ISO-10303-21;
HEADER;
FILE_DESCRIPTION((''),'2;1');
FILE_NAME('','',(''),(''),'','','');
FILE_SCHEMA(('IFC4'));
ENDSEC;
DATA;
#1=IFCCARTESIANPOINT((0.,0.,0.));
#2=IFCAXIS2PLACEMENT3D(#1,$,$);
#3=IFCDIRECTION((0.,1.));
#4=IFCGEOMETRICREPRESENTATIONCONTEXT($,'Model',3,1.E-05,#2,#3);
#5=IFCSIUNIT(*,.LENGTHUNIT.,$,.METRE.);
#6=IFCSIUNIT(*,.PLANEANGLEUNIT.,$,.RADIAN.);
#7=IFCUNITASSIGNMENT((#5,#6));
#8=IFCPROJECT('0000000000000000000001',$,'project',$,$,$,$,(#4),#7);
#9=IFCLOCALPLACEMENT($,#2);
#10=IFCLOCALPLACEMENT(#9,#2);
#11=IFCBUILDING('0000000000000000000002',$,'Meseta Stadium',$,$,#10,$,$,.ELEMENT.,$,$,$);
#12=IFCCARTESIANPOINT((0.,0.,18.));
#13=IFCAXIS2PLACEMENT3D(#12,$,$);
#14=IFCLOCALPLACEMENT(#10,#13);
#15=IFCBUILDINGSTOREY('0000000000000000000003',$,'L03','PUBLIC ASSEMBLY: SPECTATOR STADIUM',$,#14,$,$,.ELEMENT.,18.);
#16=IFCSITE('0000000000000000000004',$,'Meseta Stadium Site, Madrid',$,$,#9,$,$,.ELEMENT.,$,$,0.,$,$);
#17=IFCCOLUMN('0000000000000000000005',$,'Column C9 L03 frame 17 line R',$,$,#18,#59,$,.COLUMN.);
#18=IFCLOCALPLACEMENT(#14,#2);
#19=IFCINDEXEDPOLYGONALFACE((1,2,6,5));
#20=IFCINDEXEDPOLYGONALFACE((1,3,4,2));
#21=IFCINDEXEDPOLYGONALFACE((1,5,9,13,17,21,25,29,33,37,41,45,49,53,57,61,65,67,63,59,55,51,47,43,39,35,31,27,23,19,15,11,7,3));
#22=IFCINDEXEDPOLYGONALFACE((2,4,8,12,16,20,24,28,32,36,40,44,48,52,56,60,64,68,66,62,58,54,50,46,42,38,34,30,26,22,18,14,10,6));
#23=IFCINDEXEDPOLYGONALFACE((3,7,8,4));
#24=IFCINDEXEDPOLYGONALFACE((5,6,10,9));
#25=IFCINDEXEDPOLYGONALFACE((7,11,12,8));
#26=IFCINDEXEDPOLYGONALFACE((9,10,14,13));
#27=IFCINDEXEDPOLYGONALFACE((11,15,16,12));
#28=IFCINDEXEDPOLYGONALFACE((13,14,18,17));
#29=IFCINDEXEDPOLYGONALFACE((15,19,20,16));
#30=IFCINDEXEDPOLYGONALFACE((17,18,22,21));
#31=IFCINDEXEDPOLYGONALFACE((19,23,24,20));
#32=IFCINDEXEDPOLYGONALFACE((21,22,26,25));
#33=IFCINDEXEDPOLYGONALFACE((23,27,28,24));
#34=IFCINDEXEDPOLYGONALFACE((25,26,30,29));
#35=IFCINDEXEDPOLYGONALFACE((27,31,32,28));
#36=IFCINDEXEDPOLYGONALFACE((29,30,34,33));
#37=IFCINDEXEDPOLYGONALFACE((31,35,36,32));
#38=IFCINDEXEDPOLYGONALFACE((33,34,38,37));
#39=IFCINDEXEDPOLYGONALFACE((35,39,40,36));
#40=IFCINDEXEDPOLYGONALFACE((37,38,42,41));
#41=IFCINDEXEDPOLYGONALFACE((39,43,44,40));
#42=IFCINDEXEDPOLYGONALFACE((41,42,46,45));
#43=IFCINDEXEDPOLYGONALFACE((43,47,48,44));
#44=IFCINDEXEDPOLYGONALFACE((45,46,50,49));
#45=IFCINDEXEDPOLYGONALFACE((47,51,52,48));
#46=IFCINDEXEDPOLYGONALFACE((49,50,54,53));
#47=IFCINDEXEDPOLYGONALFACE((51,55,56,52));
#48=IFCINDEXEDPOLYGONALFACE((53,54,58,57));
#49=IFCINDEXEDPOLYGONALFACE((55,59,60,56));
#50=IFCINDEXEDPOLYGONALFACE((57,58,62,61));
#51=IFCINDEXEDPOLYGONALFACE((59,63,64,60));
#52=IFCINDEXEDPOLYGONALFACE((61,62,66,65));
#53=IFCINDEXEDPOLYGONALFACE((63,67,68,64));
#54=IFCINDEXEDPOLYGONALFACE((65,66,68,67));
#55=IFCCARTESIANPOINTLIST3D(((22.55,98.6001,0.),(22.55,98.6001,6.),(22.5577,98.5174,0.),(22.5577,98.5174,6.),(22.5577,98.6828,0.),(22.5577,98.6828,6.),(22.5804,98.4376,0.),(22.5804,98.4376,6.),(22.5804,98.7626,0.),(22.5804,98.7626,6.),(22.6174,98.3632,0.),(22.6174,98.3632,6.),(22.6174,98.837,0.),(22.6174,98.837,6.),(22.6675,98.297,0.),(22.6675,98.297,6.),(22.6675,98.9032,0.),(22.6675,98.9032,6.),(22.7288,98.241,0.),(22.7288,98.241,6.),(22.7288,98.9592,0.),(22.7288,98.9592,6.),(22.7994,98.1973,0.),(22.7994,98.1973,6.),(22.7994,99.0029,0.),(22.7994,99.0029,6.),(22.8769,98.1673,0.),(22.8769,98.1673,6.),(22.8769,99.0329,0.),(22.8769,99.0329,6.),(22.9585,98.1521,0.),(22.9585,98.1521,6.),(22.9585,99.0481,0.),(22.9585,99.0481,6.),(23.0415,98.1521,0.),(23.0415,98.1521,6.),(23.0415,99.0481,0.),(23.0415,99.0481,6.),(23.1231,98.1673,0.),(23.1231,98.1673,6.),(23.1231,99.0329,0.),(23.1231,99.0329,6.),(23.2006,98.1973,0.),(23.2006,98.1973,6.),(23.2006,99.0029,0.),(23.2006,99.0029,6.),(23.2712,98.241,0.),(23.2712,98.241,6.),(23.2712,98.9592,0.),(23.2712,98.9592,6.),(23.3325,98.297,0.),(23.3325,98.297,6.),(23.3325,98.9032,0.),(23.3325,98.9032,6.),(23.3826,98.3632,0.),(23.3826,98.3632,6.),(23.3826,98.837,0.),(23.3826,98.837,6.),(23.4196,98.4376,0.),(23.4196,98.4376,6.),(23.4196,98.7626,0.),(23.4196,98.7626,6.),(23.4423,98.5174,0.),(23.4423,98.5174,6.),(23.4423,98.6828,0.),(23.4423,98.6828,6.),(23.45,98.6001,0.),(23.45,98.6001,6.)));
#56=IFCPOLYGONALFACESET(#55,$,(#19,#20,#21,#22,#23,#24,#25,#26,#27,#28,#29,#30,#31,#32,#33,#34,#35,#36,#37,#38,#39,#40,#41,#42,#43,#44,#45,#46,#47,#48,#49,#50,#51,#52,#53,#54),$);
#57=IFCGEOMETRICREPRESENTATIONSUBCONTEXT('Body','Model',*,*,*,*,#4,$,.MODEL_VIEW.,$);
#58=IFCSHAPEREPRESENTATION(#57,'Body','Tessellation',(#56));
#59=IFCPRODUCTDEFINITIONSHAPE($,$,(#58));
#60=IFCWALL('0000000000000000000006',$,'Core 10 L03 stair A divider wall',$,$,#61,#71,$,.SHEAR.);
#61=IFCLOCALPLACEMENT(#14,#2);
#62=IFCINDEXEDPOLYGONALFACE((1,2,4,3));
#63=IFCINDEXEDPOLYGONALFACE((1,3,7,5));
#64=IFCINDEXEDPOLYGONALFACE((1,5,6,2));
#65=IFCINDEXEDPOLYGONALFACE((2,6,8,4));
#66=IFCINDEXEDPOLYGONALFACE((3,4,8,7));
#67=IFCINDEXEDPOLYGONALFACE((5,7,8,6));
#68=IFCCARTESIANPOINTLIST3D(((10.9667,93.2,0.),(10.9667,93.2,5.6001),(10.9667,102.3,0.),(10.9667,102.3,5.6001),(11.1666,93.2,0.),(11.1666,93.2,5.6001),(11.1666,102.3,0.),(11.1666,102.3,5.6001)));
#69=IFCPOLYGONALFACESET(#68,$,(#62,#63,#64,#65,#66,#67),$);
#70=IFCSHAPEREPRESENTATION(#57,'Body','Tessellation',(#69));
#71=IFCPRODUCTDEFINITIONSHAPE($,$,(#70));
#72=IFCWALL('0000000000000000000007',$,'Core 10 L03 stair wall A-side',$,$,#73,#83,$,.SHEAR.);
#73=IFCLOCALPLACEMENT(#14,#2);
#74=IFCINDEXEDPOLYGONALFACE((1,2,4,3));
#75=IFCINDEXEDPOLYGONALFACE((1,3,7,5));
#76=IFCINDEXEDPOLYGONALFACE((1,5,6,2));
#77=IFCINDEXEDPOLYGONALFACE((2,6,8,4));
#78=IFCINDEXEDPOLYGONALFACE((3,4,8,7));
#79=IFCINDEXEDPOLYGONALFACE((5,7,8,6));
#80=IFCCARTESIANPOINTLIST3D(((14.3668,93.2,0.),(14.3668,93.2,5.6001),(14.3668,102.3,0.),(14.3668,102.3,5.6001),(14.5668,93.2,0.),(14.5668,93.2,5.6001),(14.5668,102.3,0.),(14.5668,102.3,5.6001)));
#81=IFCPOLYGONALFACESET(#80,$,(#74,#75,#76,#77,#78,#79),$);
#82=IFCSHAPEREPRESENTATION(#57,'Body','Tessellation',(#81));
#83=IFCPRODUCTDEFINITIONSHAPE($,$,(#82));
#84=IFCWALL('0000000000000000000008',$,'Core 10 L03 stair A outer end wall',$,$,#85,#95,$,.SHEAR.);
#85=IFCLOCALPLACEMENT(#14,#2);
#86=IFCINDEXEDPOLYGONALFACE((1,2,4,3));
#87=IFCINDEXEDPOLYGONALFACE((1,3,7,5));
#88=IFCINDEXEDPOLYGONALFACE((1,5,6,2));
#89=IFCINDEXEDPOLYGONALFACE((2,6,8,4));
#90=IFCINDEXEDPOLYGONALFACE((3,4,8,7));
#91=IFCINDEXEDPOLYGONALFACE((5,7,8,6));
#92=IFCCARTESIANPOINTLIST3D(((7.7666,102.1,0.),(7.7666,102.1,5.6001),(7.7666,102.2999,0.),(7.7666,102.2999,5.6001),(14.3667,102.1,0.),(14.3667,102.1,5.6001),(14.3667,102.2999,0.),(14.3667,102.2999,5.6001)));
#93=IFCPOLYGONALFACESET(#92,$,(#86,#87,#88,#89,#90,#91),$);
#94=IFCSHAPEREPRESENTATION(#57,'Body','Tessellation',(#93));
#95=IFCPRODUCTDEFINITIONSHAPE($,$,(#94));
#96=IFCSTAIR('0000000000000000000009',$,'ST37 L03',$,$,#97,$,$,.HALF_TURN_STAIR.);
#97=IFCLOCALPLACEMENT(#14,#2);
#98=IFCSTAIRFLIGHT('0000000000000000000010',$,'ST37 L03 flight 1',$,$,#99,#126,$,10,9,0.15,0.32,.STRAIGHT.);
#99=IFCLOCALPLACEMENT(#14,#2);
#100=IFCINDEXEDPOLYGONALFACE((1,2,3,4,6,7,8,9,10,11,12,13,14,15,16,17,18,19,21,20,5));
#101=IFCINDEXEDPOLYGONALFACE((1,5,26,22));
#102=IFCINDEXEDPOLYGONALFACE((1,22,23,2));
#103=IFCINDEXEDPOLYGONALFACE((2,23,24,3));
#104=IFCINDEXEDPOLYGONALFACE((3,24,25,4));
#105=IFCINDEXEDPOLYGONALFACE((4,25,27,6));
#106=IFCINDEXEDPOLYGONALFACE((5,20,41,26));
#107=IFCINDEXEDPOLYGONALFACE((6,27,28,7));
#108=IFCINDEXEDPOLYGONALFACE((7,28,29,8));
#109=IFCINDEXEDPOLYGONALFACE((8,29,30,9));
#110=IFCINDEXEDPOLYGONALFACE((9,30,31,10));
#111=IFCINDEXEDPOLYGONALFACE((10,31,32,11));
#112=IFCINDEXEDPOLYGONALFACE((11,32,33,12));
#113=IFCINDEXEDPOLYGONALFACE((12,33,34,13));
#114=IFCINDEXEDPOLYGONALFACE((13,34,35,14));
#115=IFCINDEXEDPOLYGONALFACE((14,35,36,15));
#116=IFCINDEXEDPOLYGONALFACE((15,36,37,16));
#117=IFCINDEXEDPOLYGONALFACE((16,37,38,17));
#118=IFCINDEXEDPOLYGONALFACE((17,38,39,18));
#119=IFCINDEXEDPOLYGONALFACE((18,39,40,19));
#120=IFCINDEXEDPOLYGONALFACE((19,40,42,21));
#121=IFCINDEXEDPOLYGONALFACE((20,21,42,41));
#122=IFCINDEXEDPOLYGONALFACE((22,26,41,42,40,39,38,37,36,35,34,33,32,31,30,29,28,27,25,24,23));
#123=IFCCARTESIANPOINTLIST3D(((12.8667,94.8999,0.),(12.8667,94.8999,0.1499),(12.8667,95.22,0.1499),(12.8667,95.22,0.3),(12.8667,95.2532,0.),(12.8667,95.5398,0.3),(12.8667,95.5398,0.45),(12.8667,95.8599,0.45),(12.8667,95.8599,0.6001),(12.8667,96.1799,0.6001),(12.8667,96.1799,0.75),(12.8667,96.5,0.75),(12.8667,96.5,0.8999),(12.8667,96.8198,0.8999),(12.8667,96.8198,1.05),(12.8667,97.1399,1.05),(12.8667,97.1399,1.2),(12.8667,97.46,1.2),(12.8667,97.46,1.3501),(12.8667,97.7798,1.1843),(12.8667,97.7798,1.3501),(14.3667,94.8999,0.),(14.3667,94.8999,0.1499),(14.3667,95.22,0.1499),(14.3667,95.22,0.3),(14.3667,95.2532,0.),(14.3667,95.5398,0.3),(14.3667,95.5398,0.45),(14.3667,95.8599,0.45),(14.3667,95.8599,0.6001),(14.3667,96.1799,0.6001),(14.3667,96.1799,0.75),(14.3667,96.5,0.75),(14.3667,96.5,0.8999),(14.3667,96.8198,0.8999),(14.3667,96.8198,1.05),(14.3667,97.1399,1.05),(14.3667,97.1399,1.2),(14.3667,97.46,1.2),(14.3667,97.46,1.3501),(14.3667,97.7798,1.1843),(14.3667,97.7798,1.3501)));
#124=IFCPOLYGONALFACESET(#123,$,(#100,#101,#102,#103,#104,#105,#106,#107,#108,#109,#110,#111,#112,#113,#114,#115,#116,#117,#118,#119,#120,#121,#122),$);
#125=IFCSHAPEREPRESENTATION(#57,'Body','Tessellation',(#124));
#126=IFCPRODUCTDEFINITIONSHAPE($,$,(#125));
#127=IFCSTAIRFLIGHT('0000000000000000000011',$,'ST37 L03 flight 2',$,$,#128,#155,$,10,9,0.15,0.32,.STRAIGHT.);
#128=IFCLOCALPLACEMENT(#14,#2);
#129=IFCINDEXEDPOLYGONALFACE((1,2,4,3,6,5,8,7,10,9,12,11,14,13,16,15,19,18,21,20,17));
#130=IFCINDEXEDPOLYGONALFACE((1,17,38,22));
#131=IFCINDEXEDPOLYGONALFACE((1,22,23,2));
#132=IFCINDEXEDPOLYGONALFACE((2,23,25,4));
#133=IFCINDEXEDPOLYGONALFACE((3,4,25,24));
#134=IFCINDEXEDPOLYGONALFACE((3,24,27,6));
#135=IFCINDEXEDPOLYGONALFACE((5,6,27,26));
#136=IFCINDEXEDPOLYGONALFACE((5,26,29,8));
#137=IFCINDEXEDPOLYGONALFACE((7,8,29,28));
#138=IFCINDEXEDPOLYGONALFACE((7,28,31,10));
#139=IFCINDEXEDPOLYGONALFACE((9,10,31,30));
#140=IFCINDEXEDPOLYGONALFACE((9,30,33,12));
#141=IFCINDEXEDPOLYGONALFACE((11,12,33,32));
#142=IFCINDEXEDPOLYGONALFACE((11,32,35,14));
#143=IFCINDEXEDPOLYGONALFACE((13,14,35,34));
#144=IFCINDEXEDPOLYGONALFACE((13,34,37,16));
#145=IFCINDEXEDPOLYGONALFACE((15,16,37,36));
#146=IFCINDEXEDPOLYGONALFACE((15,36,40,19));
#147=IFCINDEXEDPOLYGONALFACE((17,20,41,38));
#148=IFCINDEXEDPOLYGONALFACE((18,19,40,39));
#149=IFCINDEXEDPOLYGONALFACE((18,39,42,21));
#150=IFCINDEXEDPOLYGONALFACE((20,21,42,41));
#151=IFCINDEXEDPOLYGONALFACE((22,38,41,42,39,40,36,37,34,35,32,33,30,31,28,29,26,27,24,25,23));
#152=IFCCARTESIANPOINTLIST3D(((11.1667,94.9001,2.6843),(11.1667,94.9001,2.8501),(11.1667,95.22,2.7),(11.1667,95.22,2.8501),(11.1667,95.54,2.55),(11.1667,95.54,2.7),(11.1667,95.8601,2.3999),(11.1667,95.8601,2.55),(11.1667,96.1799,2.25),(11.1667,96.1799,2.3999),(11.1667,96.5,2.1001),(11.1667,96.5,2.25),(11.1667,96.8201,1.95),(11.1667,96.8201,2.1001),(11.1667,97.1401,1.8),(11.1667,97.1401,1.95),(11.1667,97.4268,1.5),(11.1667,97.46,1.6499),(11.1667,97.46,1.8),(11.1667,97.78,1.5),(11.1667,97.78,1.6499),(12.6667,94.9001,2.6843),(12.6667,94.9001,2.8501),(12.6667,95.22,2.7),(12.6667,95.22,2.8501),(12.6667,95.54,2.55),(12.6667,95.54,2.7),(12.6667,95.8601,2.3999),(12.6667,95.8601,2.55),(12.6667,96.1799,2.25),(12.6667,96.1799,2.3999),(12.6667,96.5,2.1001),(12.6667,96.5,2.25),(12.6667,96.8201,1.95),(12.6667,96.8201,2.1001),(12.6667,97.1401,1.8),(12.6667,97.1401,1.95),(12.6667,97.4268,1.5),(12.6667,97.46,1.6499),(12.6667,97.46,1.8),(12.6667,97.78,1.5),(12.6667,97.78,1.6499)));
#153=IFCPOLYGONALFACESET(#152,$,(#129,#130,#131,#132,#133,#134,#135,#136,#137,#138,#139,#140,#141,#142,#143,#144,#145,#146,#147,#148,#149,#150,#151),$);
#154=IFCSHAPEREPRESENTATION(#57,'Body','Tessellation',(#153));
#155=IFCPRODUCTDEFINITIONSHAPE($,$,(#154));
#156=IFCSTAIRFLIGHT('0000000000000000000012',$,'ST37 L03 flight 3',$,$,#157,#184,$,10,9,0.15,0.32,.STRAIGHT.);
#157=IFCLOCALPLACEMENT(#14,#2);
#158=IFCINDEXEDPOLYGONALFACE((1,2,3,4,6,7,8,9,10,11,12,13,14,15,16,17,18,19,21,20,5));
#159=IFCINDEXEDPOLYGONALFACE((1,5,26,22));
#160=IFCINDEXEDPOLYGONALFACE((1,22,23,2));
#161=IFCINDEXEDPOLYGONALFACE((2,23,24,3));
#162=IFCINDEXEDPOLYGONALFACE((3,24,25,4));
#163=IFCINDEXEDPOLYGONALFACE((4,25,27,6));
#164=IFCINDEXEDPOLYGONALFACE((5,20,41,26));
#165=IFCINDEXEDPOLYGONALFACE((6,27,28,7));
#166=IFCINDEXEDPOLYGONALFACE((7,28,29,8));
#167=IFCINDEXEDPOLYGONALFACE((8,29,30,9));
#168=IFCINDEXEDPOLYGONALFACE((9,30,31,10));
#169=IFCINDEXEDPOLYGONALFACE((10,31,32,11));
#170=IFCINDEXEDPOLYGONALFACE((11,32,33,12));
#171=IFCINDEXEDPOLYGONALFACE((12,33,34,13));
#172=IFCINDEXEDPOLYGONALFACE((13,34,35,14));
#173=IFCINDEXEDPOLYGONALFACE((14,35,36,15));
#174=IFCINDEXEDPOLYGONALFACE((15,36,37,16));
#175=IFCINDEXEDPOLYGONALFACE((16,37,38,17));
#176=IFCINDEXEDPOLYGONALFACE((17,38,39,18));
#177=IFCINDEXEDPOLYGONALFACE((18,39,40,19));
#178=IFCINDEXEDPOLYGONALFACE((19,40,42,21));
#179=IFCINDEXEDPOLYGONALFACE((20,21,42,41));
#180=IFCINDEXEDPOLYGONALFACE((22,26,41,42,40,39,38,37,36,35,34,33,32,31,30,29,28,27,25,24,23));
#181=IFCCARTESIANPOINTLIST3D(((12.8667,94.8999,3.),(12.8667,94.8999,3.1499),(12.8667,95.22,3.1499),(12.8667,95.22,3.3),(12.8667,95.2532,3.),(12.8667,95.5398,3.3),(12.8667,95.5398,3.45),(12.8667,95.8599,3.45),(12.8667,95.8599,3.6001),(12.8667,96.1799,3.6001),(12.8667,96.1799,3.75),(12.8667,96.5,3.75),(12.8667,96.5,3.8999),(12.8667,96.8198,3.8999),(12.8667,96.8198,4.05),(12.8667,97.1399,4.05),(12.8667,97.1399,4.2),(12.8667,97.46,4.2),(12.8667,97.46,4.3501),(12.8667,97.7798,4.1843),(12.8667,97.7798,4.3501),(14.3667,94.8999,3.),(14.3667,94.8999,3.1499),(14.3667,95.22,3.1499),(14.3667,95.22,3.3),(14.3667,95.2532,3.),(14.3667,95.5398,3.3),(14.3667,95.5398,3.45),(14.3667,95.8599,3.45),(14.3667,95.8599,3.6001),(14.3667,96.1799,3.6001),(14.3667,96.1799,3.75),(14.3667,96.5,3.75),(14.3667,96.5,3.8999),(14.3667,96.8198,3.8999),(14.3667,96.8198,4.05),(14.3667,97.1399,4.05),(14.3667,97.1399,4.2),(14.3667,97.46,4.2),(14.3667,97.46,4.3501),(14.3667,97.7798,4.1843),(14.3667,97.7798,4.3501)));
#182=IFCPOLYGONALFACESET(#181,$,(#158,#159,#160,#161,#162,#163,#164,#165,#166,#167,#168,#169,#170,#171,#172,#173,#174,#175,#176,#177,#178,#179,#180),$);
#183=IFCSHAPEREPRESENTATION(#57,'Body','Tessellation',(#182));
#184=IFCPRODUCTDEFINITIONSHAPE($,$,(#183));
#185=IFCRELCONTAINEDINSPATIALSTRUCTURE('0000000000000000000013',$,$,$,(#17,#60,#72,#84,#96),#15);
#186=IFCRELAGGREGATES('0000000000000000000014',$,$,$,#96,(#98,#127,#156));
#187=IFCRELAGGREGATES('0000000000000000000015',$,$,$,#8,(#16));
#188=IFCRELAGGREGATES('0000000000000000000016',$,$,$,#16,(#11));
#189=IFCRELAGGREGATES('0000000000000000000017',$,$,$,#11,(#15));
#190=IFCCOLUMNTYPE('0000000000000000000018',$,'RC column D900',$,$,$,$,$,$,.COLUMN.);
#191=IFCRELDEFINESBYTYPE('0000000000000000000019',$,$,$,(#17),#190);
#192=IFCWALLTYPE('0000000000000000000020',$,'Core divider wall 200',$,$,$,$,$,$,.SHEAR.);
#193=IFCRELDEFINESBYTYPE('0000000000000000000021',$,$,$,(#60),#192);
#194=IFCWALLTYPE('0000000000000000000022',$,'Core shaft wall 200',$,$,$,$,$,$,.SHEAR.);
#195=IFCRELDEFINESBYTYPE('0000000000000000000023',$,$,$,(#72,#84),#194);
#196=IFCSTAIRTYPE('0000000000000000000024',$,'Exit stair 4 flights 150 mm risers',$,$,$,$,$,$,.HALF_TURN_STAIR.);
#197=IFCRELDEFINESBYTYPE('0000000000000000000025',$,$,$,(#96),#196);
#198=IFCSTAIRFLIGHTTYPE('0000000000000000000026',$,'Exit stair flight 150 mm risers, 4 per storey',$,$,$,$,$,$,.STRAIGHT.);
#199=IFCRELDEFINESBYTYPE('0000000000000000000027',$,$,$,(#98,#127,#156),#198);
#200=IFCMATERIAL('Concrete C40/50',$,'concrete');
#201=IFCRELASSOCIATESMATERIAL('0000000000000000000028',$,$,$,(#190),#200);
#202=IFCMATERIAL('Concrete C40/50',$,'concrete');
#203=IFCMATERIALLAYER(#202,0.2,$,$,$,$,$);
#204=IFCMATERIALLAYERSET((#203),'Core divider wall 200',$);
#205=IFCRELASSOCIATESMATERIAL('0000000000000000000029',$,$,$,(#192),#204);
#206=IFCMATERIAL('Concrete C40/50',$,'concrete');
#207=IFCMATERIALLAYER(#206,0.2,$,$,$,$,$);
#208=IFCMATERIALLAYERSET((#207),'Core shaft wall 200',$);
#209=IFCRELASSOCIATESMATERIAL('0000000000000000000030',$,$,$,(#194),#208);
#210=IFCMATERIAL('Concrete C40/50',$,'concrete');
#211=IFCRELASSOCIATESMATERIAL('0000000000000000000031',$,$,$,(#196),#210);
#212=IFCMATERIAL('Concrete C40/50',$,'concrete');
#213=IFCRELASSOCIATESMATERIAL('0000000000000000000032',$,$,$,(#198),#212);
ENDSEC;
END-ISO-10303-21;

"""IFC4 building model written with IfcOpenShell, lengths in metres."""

from ifc_helpers import new_model, si_unit, direction, frame, frame_2d, origin, origin_2d, place, context, subcontext, project, spatial, polyline, rectangle, circle, outline, extrude, material, layer, layer_set, material_profile, profile_set, type_object, element, aggregate, save


model = new_model("IFC4")

# Units and contexts
model_context = context("Model", 3, precision=1e-05, world=origin(), true_north=direction((0.0, 1.0)))
body_context = subcontext(model_context, "Body", "Model", "MODEL_VIEW")
ifc_project = project(units=[si_unit("LENGTHUNIT", "METRE"), si_unit("PLANEANGLEUNIT", "RADIAN")], contexts=[model_context])

# Site, building, storey
site_placement = place(None, origin())
site = spatial("IfcSite", under=ifc_project, at=site_placement, Name="Meseta Stadium Site, Madrid", CompositionType="ELEMENT", RefElevation=0.0)
building_placement = place(site_placement, origin())
building = spatial("IfcBuilding", under=site, at=building_placement, Name="Meseta Stadium", CompositionType="ELEMENT")
storey_placement = place(building_placement, frame((0.0, 0.0, 18.0)))
storey = spatial("IfcBuildingStorey", under=building, at=storey_placement, Name="L03", Description="PUBLIC ASSEMBLY: SPECTATOR STADIUM", CompositionType="ELEMENT", Elevation=18.0)

# Column
ifc_material_1 = material(Name="Concrete C40/50", Category="concrete")
ifc_material_profile = material_profile(ifc_material_1, circle(Radius=0.45, at=origin_2d()), Name="RC D900")
ifc_profile_set = profile_set([ifc_material_profile], Name="Concrete C40/50")
column_type = type_object("IfcColumnType", Name="RC column D900", PredefinedType="COLUMN", material=ifc_profile_set)
column_placement = place(storey_placement, frame((23.0, 98.6001, 0.0), z_axis=(0.0, 0.0, 1.0), x_axis=(1.0, 0.0, 0.0)))
element("IfcColumn", 1, at=column_placement, inside=storey, type_object=column_type, Name="Column C9 L03 frame 17 line R", PredefinedType="COLUMN", context=body_context, shape_type="SweptSolid", body=[
    extrude(circle(Radius=0.45, at=origin_2d()), origin(), (0.0, 0.0, 1.0), 6.0),
])

# Walls
ifc_material_2 = material(Name="Concrete C40/50", Category="concrete")
ifc_layer_1 = layer(ifc_material_2, 0.2)
ifc_layer_set_1 = layer_set([ifc_layer_1], Name="Core divider wall 200")
wall_type_1 = type_object("IfcWallType", Name="Core divider wall 200", PredefinedType="SHEAR", material=ifc_layer_set_1)
wall_1_placement = place(storey_placement, frame((11.0667, 102.3, 0.0), z_axis=(0.0, 0.0, 1.0), x_axis=(0.0, -1.0, 0.0)))
element("IfcWall", 2, at=wall_1_placement, inside=storey, type_object=wall_type_1, Name="Core 10 L03 stair A divider wall", PredefinedType="SHEAR", context=body_context, shape_type="SweptSolid", body=[
    extrude(rectangle(XDim=9.1001, YDim=0.2, at=frame_2d((4.55, 0.0))), origin(), (0.0, 0.0, 1.0), 5.6001),
])
ifc_material_3 = material(Name="Concrete C40/50", Category="concrete")
ifc_layer_2 = layer(ifc_material_3, 0.2)
ifc_layer_set_2 = layer_set([ifc_layer_2], Name="Core shaft wall 200")
wall_type_2 = type_object("IfcWallType", Name="Core shaft wall 200", PredefinedType="SHEAR", material=ifc_layer_set_2)
wall_2_placement = place(storey_placement, frame((14.4668, 102.3, 0.0), z_axis=(0.0, 0.0, 1.0), x_axis=(0.0, -1.0, 0.0)))
element("IfcWall", 3, at=wall_2_placement, inside=storey, type_object=wall_type_2, Name="Core 10 L03 stair wall A-side", PredefinedType="SHEAR", context=body_context, shape_type="SweptSolid", body=[
    extrude(rectangle(XDim=9.1001, YDim=0.2, at=frame_2d((4.55, 0.0))), origin(), (0.0, 0.0, 1.0), 5.6001),
])
wall_3_placement = place(storey_placement, frame((14.3667, 102.2, 0.0), z_axis=(0.0, 0.0, 1.0), x_axis=(-1.0, 0.0, 0.0)))
element("IfcWall", 4, at=wall_3_placement, inside=storey, type_object=wall_type_2, Name="Core 10 L03 stair A outer end wall", PredefinedType="SHEAR", context=body_context, shape_type="SweptSolid", body=[
    extrude(rectangle(XDim=6.6001, YDim=0.2, at=frame_2d((3.3, 0.0))), origin(), (0.0, 0.0, 1.0), 5.6001),
])

# Stair, stair flights
ifc_material_4 = material(Name="Concrete C40/50", Category="concrete")
stair_type = type_object("IfcStairType", Name="Exit stair 4 flights 150 mm risers", PredefinedType="HALF_TURN_STAIR", material=ifc_material_4)
stair_1_placement = place(storey_placement, origin())
stair_1 = element("IfcStair", 5, at=stair_1_placement, inside=storey, type_object=stair_type, Name="ST37 L03", PredefinedType="HALF_TURN_STAIR")
ifc_material_5 = material(Name="Concrete C40/50", Category="concrete")
stair_flight_type = type_object("IfcStairFlightType", Name="Exit stair flight 150 mm risers, 4 per storey", PredefinedType="STRAIGHT", material=ifc_material_5)
stair_flight_1_placement = place(storey_placement, frame((13.6167, 94.8999, 0.0), z_axis=(0.0, 0.0, 1.0), x_axis=(0.0, 1.0, 0.0)))
stair_flight_1 = element("IfcStairFlight", 6, at=stair_flight_1_placement, type_object=stair_flight_type, Name="ST37 L03 flight 1", NumberOfRisers=10, NumberOfTreads=9, PredefinedType="STRAIGHT", RiserHeight=0.15, TreadLength=0.32, context=body_context, shape_type="SweptSolid", body=[
    extrude(outline(polyline([(0.0, 0.0), (0.0, 0.1499), (0.3201, 0.1499), (0.3201, 0.3), (0.6399, 0.3), (0.6399, 0.45), (0.96, 0.45), (0.96, 0.6001), (1.28, 0.6001), (1.28, 0.75), (1.6001, 0.75), (1.6001, 0.8999), (1.9199, 0.8999), (1.9199, 1.05), (2.24, 1.05), (2.24, 1.2), (2.5601, 1.2), (2.5601, 1.3501), (2.8799, 1.3501), (2.8799, 1.1843), (0.3533, 0.0), (0.0, 0.0)])), frame((0.0, 0.75, 0.0), z_axis=(0.0, -1.0, 0.0), x_axis=(1.0, 0.0, 0.0)), (0.0, 0.0, 1.0), 1.5),
])
stair_flight_2_placement = place(storey_placement, frame((11.9167, 97.78, 1.5), z_axis=(0.0, 0.0, 1.0), x_axis=(0.0, -1.0, 0.0)))
stair_flight_2 = element("IfcStairFlight", 7, at=stair_flight_2_placement, type_object=stair_flight_type, Name="ST37 L03 flight 2", NumberOfRisers=10, NumberOfTreads=9, PredefinedType="STRAIGHT", RiserHeight=0.15, TreadLength=0.32, context=body_context, shape_type="SweptSolid", body=[
    extrude(outline(polyline([(0.0, 0.0), (0.0, 0.1499), (0.3201, 0.1499), (0.3201, 0.3), (0.6399, 0.3), (0.6399, 0.45), (0.96, 0.45), (0.96, 0.6001), (1.28, 0.6001), (1.28, 0.75), (1.6001, 0.75), (1.6001, 0.8999), (1.9199, 0.8999), (1.9199, 1.05), (2.24, 1.05), (2.24, 1.2), (2.5601, 1.2), (2.5601, 1.3501), (2.8799, 1.3501), (2.8799, 1.1843), (0.3533, 0.0), (0.0, 0.0)])), frame((0.0, 0.75, 0.0), z_axis=(0.0, -1.0, 0.0), x_axis=(1.0, 0.0, 0.0)), (0.0, 0.0, 1.0), 1.5),
])
stair_flight_3_placement = place(storey_placement, frame((13.6167, 94.8999, 3.0), z_axis=(0.0, 0.0, 1.0), x_axis=(0.0, 1.0, 0.0)))
stair_flight_3 = element("IfcStairFlight", 8, at=stair_flight_3_placement, type_object=stair_flight_type, Name="ST37 L03 flight 3", NumberOfRisers=10, NumberOfTreads=9, PredefinedType="STRAIGHT", RiserHeight=0.15, TreadLength=0.32, context=body_context, shape_type="SweptSolid", body=[
    extrude(outline(polyline([(0.0, 0.0), (0.0, 0.1499), (0.3201, 0.1499), (0.3201, 0.3), (0.6399, 0.3), (0.6399, 0.45), (0.96, 0.45), (0.96, 0.6001), (1.28, 0.6001), (1.28, 0.75), (1.6001, 0.75), (1.6001, 0.8999), (1.9199, 0.8999), (1.9199, 1.05), (2.24, 1.05), (2.24, 1.2), (2.5601, 1.2), (2.5601, 1.3501), (2.8799, 1.3501), (2.8799, 1.1843), (0.3533, 0.0), (0.0, 0.0)])), frame((0.0, 0.75, 0.0), z_axis=(0.0, -1.0, 0.0), x_axis=(1.0, 0.0, 0.0)), (0.0, 0.0, 1.0), 1.5),
])
aggregate(stair_1, [stair_flight_1, stair_flight_2, stair_flight_3])

save(model, "model.ifc")
